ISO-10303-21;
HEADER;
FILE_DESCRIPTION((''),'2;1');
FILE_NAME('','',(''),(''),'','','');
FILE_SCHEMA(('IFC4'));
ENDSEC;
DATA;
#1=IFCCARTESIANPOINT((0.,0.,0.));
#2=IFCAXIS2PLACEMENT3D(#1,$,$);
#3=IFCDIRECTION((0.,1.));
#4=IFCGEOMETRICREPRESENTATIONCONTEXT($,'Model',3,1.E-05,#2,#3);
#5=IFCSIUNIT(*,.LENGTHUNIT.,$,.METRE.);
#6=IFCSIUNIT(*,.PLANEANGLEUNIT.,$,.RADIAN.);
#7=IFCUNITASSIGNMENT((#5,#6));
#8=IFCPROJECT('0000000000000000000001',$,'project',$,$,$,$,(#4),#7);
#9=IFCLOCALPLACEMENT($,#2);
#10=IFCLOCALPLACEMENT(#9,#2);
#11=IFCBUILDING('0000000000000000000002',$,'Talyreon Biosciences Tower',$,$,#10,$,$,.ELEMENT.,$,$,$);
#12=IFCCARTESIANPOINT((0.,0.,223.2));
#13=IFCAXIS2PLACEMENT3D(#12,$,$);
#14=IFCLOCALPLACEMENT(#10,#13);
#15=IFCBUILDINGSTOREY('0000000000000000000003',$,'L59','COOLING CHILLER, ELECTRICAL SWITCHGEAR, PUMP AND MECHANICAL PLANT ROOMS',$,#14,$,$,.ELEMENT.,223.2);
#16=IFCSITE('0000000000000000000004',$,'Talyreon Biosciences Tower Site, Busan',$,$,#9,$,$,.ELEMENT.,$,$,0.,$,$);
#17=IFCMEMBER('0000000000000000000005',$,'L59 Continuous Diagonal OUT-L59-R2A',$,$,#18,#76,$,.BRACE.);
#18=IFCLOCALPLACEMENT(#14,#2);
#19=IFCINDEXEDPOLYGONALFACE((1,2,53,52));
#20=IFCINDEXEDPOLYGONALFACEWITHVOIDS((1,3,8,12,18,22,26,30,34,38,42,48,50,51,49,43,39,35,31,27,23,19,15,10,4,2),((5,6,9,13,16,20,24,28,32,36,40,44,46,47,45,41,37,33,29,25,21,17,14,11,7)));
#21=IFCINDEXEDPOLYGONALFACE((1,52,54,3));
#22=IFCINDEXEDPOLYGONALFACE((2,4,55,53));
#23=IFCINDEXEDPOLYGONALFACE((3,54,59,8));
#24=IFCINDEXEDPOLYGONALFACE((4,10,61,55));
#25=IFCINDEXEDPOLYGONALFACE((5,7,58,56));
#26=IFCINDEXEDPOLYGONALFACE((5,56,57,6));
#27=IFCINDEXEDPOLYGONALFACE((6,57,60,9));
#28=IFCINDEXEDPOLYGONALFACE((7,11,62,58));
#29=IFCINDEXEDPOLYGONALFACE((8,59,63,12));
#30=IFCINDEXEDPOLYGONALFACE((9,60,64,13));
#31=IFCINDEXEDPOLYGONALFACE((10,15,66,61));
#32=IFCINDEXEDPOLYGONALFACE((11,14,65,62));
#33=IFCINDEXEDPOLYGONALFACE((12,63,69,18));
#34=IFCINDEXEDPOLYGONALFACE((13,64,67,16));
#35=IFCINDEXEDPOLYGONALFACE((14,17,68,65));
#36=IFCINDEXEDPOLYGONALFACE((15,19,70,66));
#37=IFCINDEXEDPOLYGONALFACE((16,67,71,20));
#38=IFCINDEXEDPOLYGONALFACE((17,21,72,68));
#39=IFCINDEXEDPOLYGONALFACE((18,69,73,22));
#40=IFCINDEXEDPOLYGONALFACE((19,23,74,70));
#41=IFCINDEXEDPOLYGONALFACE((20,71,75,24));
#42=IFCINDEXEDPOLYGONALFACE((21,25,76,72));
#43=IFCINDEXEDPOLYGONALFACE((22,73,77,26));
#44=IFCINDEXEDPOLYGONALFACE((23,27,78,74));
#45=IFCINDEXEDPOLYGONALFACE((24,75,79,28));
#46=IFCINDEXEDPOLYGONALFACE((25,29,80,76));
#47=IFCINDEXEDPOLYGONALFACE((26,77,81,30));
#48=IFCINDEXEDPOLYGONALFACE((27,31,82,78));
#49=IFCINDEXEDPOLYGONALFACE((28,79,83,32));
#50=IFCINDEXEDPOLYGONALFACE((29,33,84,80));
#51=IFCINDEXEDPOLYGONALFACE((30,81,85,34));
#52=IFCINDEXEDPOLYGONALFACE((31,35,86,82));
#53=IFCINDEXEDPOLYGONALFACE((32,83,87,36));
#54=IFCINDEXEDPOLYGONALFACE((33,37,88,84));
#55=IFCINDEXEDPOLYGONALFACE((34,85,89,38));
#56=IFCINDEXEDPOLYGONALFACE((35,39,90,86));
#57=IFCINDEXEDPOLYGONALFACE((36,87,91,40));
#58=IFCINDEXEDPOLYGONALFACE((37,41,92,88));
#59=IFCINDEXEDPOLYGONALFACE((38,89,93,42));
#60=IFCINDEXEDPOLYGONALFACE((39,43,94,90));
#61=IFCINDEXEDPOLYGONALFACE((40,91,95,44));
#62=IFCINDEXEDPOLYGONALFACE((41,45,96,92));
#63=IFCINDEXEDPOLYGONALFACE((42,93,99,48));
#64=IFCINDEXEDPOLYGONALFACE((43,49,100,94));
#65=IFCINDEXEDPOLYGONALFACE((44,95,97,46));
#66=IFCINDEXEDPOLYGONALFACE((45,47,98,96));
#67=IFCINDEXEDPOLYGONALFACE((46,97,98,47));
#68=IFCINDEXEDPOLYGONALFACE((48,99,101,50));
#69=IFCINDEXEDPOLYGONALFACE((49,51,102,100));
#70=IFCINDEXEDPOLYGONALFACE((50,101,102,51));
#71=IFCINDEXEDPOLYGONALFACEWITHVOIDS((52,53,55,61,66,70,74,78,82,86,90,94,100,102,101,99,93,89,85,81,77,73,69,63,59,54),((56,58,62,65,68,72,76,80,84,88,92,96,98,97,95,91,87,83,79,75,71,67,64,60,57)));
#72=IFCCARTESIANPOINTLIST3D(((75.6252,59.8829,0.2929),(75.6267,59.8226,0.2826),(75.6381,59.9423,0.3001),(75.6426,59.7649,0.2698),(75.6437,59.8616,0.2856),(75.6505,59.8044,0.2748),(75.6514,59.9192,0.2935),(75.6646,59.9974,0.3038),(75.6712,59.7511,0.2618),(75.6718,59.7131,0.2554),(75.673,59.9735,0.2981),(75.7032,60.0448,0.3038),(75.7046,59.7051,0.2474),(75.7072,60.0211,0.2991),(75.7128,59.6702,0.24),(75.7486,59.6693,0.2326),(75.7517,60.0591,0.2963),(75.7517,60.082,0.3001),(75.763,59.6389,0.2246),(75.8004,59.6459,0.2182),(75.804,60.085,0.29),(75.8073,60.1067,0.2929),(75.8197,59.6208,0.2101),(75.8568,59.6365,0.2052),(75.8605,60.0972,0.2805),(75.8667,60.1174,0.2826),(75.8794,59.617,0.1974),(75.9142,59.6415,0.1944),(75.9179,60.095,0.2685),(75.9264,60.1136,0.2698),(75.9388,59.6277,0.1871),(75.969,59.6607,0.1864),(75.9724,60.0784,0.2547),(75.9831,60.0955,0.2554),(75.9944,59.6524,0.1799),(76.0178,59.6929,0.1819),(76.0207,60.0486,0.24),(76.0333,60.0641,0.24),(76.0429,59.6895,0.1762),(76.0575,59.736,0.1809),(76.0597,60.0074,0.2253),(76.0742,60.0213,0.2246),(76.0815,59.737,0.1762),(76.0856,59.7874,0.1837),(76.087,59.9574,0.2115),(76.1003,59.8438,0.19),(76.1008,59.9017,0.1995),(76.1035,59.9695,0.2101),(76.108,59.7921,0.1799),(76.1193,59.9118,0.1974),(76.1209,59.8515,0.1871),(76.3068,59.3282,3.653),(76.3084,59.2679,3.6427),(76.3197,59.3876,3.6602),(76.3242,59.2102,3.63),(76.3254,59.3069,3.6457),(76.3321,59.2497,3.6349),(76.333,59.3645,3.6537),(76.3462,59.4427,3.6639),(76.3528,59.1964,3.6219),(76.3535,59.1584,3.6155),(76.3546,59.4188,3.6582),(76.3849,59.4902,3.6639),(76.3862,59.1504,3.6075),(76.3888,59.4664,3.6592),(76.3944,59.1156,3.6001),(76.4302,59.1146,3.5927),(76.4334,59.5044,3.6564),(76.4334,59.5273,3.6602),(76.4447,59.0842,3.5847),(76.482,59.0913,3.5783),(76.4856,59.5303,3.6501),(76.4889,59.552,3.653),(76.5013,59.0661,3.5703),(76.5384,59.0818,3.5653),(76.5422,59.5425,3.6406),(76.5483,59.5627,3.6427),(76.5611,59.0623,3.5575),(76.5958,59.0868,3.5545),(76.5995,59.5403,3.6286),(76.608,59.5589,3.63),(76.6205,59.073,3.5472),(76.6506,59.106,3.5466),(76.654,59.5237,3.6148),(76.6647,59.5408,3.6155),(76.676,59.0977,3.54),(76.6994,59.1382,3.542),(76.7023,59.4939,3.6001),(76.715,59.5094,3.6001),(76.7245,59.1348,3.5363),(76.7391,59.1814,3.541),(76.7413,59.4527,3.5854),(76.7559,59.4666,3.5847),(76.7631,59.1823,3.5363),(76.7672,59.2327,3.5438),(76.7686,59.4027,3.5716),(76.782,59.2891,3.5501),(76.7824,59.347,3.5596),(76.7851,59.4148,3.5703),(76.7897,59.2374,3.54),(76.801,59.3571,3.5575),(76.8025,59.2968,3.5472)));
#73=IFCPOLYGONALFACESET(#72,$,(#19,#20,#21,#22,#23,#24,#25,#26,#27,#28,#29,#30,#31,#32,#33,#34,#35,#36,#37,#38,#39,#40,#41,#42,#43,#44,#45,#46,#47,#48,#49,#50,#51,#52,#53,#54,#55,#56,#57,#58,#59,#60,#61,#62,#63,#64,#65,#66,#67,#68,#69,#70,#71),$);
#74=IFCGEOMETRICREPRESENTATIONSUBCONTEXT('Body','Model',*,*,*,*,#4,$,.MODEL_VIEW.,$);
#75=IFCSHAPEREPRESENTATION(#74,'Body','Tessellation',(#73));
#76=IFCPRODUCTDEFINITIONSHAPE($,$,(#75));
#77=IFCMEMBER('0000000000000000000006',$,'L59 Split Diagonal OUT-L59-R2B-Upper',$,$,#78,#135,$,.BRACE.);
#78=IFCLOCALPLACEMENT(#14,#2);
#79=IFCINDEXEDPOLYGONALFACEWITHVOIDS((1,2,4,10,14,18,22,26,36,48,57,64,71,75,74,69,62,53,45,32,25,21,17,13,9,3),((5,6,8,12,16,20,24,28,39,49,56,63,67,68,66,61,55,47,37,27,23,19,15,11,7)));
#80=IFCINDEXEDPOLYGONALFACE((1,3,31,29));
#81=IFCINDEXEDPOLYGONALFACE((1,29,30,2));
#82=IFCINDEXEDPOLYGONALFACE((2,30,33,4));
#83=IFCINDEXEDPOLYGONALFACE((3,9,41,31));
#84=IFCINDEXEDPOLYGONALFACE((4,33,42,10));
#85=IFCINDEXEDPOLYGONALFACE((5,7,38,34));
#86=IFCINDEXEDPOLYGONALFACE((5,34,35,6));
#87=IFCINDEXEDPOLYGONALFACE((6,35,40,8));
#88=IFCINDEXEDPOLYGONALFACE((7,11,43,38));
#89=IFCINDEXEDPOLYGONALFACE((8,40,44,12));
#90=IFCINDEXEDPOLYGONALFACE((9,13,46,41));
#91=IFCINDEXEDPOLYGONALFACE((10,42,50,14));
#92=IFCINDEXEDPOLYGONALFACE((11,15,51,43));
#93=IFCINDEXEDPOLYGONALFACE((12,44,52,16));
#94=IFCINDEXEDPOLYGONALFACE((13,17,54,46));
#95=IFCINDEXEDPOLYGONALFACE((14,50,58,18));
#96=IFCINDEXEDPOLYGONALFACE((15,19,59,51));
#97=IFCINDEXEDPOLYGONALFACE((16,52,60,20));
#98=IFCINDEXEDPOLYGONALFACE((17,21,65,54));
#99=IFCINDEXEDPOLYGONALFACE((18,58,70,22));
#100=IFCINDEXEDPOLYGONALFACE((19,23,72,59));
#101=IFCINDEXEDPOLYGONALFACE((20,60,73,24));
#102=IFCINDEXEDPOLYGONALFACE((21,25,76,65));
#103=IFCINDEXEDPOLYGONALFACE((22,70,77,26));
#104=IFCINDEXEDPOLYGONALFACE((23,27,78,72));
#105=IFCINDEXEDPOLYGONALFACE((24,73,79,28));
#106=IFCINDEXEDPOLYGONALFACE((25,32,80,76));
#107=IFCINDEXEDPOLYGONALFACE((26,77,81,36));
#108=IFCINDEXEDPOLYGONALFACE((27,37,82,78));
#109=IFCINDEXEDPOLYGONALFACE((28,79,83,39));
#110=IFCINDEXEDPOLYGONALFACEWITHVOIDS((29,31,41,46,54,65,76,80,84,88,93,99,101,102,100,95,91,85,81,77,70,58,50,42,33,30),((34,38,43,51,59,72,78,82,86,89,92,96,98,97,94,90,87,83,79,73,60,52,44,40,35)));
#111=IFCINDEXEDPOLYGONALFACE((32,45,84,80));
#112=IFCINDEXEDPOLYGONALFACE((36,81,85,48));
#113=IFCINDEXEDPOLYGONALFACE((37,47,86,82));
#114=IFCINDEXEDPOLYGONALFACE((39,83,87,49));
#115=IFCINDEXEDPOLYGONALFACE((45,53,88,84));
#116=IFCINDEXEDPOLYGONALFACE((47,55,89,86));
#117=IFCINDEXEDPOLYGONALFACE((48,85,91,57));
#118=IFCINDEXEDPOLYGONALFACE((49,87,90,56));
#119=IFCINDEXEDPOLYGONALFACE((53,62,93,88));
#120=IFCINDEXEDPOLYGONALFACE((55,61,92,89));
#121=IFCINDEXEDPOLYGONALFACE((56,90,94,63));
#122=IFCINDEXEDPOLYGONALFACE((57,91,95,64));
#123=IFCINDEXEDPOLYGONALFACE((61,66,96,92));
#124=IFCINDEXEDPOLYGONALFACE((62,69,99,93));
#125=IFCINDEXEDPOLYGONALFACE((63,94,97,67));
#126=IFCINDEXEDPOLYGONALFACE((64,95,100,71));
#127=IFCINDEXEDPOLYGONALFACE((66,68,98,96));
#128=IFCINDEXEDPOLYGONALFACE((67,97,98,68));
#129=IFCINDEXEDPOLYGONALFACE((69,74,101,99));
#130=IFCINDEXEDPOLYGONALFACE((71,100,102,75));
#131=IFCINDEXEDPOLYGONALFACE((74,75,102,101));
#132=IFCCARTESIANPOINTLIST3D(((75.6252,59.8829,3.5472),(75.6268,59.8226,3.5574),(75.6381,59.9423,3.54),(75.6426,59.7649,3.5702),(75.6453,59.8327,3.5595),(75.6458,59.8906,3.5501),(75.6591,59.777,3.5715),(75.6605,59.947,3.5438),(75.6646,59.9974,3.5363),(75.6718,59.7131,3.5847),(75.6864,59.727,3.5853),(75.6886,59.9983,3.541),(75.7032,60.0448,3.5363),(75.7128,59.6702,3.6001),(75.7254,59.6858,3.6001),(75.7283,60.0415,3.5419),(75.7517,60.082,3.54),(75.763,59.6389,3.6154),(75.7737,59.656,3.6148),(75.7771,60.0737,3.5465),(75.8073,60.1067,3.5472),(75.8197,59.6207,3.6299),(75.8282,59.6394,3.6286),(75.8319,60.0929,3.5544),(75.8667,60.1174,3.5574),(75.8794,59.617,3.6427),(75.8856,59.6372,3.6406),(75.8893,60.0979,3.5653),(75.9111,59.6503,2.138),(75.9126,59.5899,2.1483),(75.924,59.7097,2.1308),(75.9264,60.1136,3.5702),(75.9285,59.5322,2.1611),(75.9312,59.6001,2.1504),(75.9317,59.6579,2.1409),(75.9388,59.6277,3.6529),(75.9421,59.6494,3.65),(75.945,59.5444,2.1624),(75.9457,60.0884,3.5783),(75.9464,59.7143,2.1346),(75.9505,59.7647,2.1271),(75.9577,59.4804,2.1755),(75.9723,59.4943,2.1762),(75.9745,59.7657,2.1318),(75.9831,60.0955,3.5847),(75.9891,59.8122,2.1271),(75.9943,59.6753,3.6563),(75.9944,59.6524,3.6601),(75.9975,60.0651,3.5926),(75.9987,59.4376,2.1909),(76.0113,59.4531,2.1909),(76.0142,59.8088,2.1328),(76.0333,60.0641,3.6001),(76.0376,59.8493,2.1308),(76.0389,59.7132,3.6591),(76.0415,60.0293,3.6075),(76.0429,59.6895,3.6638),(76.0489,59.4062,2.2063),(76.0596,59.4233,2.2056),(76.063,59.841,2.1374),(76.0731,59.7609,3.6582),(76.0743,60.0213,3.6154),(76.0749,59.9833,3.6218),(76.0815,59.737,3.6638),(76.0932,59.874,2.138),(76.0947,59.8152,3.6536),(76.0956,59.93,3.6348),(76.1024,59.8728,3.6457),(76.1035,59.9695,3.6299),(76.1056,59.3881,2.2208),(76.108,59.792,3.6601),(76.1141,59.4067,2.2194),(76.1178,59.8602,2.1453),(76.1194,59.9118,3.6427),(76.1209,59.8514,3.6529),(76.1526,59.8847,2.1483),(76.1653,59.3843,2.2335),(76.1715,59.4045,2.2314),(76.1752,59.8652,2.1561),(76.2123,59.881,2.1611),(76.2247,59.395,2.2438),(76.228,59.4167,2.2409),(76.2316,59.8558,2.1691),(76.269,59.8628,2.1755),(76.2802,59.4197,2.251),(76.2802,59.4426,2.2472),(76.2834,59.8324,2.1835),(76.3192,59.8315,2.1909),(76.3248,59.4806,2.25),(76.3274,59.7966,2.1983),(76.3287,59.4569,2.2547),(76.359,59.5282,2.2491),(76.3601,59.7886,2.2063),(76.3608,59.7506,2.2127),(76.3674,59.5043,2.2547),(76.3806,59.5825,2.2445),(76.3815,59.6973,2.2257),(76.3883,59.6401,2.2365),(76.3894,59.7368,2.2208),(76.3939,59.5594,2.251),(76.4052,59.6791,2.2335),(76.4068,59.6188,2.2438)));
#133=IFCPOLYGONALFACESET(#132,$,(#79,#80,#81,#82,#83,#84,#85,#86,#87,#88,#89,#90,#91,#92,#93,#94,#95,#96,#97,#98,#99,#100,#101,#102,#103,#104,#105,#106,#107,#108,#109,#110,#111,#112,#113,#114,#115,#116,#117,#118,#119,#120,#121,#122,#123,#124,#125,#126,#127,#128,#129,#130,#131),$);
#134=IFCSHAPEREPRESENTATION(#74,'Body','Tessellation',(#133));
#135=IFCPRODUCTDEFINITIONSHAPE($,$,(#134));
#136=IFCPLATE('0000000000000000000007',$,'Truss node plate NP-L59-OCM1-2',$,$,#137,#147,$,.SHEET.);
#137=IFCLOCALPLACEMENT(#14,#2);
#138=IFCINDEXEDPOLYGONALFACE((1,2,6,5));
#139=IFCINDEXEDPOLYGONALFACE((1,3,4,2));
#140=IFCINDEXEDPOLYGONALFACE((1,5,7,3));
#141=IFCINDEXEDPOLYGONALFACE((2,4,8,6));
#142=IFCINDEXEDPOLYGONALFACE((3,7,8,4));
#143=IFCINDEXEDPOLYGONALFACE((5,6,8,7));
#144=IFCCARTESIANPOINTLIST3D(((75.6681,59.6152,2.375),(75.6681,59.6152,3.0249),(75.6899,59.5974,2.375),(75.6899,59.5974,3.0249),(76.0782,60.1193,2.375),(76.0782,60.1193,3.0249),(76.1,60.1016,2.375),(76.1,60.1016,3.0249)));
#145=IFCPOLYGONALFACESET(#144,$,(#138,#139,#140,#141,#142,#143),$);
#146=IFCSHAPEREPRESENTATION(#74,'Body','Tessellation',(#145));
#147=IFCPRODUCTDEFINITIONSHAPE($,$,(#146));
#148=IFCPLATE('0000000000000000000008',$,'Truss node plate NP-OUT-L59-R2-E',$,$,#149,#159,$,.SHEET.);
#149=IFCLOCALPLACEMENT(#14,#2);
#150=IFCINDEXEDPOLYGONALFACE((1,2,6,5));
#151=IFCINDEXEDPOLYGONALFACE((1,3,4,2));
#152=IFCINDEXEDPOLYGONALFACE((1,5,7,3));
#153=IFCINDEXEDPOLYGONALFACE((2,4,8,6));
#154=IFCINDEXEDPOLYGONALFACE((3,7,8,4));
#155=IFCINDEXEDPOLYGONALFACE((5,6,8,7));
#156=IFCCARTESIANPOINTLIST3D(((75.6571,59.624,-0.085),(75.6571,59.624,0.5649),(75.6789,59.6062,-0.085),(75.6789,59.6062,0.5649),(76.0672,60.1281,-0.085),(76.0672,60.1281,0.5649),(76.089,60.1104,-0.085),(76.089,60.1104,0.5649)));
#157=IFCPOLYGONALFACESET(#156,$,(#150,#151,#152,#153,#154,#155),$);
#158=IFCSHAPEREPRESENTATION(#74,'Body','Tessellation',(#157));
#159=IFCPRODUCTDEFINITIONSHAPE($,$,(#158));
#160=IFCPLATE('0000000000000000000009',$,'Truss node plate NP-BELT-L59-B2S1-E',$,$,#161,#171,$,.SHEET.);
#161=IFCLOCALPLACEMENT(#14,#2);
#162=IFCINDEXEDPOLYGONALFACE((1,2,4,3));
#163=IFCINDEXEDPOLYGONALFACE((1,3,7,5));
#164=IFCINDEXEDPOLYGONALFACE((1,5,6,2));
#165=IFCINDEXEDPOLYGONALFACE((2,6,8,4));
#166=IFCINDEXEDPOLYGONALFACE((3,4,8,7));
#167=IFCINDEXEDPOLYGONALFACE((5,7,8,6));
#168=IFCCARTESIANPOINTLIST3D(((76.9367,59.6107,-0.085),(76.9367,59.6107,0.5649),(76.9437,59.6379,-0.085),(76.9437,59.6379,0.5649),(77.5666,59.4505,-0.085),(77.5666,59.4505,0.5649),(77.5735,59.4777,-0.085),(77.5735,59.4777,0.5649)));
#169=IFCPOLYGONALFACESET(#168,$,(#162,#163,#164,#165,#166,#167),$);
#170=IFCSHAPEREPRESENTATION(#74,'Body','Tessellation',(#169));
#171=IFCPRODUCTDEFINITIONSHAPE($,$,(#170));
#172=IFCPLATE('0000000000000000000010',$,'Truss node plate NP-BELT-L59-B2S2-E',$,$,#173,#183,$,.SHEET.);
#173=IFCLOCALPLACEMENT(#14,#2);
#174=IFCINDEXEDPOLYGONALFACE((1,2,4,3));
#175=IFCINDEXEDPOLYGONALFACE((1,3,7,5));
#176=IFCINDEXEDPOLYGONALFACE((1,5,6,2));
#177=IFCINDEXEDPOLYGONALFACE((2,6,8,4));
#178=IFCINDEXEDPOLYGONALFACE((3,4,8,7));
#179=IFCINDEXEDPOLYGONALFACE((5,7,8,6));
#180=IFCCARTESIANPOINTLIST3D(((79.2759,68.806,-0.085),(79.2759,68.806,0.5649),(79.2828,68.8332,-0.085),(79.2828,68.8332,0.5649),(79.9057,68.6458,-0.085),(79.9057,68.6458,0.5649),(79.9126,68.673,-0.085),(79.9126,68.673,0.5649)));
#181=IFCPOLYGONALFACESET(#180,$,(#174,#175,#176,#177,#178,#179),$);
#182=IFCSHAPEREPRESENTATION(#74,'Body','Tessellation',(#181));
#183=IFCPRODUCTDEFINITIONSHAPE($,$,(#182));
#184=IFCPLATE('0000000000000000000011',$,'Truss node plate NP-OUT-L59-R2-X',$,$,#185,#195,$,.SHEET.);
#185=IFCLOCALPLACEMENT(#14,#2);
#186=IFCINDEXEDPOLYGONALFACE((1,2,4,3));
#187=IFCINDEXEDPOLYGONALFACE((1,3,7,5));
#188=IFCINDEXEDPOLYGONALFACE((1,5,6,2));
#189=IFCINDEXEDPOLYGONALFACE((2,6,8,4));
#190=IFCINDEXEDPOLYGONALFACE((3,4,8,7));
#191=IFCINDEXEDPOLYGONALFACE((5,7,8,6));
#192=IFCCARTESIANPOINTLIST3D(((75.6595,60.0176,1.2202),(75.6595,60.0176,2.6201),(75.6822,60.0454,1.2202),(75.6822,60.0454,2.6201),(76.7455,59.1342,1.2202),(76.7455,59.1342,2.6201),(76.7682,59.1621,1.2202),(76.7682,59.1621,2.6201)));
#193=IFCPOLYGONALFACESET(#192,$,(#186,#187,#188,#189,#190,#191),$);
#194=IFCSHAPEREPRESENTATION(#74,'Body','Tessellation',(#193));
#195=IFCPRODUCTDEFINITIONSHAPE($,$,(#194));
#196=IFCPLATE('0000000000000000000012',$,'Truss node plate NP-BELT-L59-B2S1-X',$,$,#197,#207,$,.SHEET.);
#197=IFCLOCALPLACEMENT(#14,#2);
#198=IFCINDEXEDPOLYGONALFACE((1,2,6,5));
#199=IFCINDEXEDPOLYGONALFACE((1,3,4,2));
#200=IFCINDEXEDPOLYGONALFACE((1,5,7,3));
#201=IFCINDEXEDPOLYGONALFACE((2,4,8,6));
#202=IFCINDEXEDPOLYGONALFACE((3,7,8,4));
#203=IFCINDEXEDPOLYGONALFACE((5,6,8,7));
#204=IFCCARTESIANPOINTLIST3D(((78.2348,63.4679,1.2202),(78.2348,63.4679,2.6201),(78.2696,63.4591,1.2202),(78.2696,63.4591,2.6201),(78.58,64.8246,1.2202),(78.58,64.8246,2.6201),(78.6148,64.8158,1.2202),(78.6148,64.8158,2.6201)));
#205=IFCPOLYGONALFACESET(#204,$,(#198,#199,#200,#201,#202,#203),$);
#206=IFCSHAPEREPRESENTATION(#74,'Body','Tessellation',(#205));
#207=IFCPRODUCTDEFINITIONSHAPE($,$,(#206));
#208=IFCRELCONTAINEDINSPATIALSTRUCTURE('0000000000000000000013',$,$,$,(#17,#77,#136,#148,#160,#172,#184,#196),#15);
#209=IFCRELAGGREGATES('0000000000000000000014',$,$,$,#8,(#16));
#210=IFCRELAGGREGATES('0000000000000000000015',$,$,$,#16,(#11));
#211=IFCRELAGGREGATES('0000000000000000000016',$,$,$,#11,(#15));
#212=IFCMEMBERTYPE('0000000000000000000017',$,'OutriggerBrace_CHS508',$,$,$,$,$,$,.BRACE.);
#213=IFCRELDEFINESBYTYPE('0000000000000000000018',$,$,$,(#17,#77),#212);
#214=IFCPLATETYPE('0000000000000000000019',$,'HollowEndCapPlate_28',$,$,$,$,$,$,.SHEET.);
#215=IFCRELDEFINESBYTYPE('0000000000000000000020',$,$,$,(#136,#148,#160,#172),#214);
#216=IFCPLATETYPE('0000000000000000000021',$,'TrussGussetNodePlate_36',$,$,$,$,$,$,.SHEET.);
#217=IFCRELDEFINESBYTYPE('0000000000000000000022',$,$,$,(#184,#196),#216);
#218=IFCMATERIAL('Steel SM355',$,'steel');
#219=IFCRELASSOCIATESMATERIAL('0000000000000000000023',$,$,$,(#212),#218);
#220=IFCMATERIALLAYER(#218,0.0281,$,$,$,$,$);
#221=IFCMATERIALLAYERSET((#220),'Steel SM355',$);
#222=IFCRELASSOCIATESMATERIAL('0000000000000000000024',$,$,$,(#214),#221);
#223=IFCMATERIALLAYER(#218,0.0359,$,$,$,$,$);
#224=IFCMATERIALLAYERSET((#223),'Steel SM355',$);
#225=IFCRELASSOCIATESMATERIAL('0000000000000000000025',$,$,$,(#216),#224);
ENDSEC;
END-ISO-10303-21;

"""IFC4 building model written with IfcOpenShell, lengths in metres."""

from ifc_helpers import new_model, si_unit, direction, frame, origin, origin_2d, place, context, subcontext, project, spatial, rectangle, hollow_circle, extrude, material, layer, layer_set, material_profile, profile_set, type_object, element, save


model = new_model("IFC4")

# Units and contexts
model_context = context("Model", 3, precision=1e-05, world=origin(), true_north=direction((0.0, 1.0)))
body_context = subcontext(model_context, "Body", "Model", "MODEL_VIEW")
ifc_project = project(units=[si_unit("LENGTHUNIT", "METRE"), si_unit("PLANEANGLEUNIT", "RADIAN")], contexts=[model_context])

# Site, building, storey
site_placement = place(None, origin())
site = spatial("IfcSite", under=ifc_project, at=site_placement, Name="Talyreon Biosciences Tower Site, Busan", CompositionType="ELEMENT", RefElevation=0.0)
building_placement = place(site_placement, origin())
building = spatial("IfcBuilding", under=site, at=building_placement, Name="Talyreon Biosciences Tower", CompositionType="ELEMENT")
storey_placement = place(building_placement, frame((0.0, 0.0, 223.2)))
storey = spatial("IfcBuildingStorey", under=building, at=storey_placement, Name="L59", Description="COOLING CHILLER, ELECTRICAL SWITCHGEAR, PUMP AND MECHANICAL PLANT ROOMS", CompositionType="ELEMENT", Elevation=223.2)

# Shared definitions
ifc_material_1 = material(Name="Steel SM355", Category="steel")

# Members
ifc_material_profile_1 = material_profile(ifc_material_1, hollow_circle(Radius=0.2539, WallThickness=0.02, at=origin_2d()), Name="CHS 508x20")
ifc_profile_set_1 = profile_set([ifc_material_profile_1], Name="Steel SM355")
member_type_1 = type_object("IfcMemberType", Name="OutriggerBrace_CHS508", PredefinedType="BRACE", material=ifc_profile_set_1)
member_1_placement = place(storey_placement, frame((75.873, 59.8672, 0.24), z_axis=(0.196261, -0.159708, 0.967458), x_axis=(0.631178, 0.775638, 0.0)))
element("IfcMember", 1, at=member_1_placement, inside=storey, type_object=member_type_1, Name="L59 Continuous Diagonal OUT-L59-R2A", PredefinedType="BRACE", context=body_context, shape_type="SweptSolid", body=[
    extrude(hollow_circle(Radius=0.2539, WallThickness=0.02, at=origin_2d()), origin(), (0.0, 0.0, 1.0), 3.4731),
])
member_2_placement = place(storey_placement, frame((76.1589, 59.6345, 2.1909), z_axis=(-0.196273, 0.159733, 0.967451), x_axis=(-0.631216, -0.775607, 0.0)))
element("IfcMember", 2, at=member_2_placement, inside=storey, type_object=member_type_1, Name="L59 Split Diagonal OUT-L59-R2B-Upper", PredefinedType="BRACE", context=body_context, shape_type="SweptSolid", body=[
    extrude(hollow_circle(Radius=0.2539, WallThickness=0.02, at=origin_2d()), origin(), (0.0, 0.0, 1.0), 1.4565),
])

# Plates
ifc_layer_1 = layer(ifc_material_1, 0.0281)
ifc_layer_set_1 = layer_set([ifc_layer_1], Name="Steel SM355")
plate_type_1 = type_object("IfcPlateType", Name="HollowEndCapPlate_28", PredefinedType="SHEET", material=ifc_layer_set_1)
for number, where, z_axis, x_axis, name in (
    (3, (75.884, 59.8584, 2.375), (0.0, 0.0, 1.0), (0.631001, 0.775782, 0.0), "Truss node plate NP-L59-OCM1-2"),
    (4, (75.873, 59.8672, -0.085), (0.0, 0.0, 1.0), (0.631014, 0.775771, 0.0), "Truss node plate NP-OUT-L59-R2-E"),
    (5, (77.2551, 59.5442, -0.085), (0.0, 0.0, 1.0), (-0.969132, 0.246542, 0.0), "Truss node plate NP-BELT-L59-B2S1-E"),
    (6, (79.5942, 68.7395, -0.085), (0.0, 0.0, 1.0), (-0.969132, 0.246542, 0.0), "Truss node plate NP-BELT-L59-B2S2-E"),
):
    element("IfcPlate", number, at=place(storey_placement, frame(where, z_axis=z_axis, x_axis=x_axis)), inside=storey, type_object=plate_type_1, Name=name, PredefinedType="SHEET", context=body_context, shape_type="SweptSolid", body=[
        extrude(rectangle(XDim=0.6499, YDim=0.0281, at=origin_2d()), origin(), (0.0, 0.0, 1.0), 0.6499),
    ])
ifc_layer_2 = layer(ifc_material_1, 0.0359)
ifc_layer_set_2 = layer_set([ifc_layer_2], Name="Steel SM355")
plate_type_2 = type_object("IfcPlateType", Name="TrussGussetNodePlate_36", PredefinedType="SHEET", material=ifc_layer_set_2)
for number, where, z_axis, x_axis, name in (
    (7, (76.2139, 59.5898, 1.2202), (0.0, 0.0, 1.0), (0.775771, -0.631014, 0.0), "Truss node plate NP-OUT-L59-R2-X"),
    (8, (78.4248, 64.1418, 1.2202), (0.0, 0.0, 1.0), (0.246542, 0.969132, 0.0), "Truss node plate NP-BELT-L59-B2S1-X"),
):
    element("IfcPlate", number, at=place(storey_placement, frame(where, z_axis=z_axis, x_axis=x_axis)), inside=storey, type_object=plate_type_2, Name=name, PredefinedType="SHEET", context=body_context, shape_type="SweptSolid", body=[
        extrude(rectangle(XDim=1.3999, YDim=0.0359, at=origin_2d()), origin(), (0.0, 0.0, 1.0), 1.3999),
    ])

save(model, "model.ifc")
